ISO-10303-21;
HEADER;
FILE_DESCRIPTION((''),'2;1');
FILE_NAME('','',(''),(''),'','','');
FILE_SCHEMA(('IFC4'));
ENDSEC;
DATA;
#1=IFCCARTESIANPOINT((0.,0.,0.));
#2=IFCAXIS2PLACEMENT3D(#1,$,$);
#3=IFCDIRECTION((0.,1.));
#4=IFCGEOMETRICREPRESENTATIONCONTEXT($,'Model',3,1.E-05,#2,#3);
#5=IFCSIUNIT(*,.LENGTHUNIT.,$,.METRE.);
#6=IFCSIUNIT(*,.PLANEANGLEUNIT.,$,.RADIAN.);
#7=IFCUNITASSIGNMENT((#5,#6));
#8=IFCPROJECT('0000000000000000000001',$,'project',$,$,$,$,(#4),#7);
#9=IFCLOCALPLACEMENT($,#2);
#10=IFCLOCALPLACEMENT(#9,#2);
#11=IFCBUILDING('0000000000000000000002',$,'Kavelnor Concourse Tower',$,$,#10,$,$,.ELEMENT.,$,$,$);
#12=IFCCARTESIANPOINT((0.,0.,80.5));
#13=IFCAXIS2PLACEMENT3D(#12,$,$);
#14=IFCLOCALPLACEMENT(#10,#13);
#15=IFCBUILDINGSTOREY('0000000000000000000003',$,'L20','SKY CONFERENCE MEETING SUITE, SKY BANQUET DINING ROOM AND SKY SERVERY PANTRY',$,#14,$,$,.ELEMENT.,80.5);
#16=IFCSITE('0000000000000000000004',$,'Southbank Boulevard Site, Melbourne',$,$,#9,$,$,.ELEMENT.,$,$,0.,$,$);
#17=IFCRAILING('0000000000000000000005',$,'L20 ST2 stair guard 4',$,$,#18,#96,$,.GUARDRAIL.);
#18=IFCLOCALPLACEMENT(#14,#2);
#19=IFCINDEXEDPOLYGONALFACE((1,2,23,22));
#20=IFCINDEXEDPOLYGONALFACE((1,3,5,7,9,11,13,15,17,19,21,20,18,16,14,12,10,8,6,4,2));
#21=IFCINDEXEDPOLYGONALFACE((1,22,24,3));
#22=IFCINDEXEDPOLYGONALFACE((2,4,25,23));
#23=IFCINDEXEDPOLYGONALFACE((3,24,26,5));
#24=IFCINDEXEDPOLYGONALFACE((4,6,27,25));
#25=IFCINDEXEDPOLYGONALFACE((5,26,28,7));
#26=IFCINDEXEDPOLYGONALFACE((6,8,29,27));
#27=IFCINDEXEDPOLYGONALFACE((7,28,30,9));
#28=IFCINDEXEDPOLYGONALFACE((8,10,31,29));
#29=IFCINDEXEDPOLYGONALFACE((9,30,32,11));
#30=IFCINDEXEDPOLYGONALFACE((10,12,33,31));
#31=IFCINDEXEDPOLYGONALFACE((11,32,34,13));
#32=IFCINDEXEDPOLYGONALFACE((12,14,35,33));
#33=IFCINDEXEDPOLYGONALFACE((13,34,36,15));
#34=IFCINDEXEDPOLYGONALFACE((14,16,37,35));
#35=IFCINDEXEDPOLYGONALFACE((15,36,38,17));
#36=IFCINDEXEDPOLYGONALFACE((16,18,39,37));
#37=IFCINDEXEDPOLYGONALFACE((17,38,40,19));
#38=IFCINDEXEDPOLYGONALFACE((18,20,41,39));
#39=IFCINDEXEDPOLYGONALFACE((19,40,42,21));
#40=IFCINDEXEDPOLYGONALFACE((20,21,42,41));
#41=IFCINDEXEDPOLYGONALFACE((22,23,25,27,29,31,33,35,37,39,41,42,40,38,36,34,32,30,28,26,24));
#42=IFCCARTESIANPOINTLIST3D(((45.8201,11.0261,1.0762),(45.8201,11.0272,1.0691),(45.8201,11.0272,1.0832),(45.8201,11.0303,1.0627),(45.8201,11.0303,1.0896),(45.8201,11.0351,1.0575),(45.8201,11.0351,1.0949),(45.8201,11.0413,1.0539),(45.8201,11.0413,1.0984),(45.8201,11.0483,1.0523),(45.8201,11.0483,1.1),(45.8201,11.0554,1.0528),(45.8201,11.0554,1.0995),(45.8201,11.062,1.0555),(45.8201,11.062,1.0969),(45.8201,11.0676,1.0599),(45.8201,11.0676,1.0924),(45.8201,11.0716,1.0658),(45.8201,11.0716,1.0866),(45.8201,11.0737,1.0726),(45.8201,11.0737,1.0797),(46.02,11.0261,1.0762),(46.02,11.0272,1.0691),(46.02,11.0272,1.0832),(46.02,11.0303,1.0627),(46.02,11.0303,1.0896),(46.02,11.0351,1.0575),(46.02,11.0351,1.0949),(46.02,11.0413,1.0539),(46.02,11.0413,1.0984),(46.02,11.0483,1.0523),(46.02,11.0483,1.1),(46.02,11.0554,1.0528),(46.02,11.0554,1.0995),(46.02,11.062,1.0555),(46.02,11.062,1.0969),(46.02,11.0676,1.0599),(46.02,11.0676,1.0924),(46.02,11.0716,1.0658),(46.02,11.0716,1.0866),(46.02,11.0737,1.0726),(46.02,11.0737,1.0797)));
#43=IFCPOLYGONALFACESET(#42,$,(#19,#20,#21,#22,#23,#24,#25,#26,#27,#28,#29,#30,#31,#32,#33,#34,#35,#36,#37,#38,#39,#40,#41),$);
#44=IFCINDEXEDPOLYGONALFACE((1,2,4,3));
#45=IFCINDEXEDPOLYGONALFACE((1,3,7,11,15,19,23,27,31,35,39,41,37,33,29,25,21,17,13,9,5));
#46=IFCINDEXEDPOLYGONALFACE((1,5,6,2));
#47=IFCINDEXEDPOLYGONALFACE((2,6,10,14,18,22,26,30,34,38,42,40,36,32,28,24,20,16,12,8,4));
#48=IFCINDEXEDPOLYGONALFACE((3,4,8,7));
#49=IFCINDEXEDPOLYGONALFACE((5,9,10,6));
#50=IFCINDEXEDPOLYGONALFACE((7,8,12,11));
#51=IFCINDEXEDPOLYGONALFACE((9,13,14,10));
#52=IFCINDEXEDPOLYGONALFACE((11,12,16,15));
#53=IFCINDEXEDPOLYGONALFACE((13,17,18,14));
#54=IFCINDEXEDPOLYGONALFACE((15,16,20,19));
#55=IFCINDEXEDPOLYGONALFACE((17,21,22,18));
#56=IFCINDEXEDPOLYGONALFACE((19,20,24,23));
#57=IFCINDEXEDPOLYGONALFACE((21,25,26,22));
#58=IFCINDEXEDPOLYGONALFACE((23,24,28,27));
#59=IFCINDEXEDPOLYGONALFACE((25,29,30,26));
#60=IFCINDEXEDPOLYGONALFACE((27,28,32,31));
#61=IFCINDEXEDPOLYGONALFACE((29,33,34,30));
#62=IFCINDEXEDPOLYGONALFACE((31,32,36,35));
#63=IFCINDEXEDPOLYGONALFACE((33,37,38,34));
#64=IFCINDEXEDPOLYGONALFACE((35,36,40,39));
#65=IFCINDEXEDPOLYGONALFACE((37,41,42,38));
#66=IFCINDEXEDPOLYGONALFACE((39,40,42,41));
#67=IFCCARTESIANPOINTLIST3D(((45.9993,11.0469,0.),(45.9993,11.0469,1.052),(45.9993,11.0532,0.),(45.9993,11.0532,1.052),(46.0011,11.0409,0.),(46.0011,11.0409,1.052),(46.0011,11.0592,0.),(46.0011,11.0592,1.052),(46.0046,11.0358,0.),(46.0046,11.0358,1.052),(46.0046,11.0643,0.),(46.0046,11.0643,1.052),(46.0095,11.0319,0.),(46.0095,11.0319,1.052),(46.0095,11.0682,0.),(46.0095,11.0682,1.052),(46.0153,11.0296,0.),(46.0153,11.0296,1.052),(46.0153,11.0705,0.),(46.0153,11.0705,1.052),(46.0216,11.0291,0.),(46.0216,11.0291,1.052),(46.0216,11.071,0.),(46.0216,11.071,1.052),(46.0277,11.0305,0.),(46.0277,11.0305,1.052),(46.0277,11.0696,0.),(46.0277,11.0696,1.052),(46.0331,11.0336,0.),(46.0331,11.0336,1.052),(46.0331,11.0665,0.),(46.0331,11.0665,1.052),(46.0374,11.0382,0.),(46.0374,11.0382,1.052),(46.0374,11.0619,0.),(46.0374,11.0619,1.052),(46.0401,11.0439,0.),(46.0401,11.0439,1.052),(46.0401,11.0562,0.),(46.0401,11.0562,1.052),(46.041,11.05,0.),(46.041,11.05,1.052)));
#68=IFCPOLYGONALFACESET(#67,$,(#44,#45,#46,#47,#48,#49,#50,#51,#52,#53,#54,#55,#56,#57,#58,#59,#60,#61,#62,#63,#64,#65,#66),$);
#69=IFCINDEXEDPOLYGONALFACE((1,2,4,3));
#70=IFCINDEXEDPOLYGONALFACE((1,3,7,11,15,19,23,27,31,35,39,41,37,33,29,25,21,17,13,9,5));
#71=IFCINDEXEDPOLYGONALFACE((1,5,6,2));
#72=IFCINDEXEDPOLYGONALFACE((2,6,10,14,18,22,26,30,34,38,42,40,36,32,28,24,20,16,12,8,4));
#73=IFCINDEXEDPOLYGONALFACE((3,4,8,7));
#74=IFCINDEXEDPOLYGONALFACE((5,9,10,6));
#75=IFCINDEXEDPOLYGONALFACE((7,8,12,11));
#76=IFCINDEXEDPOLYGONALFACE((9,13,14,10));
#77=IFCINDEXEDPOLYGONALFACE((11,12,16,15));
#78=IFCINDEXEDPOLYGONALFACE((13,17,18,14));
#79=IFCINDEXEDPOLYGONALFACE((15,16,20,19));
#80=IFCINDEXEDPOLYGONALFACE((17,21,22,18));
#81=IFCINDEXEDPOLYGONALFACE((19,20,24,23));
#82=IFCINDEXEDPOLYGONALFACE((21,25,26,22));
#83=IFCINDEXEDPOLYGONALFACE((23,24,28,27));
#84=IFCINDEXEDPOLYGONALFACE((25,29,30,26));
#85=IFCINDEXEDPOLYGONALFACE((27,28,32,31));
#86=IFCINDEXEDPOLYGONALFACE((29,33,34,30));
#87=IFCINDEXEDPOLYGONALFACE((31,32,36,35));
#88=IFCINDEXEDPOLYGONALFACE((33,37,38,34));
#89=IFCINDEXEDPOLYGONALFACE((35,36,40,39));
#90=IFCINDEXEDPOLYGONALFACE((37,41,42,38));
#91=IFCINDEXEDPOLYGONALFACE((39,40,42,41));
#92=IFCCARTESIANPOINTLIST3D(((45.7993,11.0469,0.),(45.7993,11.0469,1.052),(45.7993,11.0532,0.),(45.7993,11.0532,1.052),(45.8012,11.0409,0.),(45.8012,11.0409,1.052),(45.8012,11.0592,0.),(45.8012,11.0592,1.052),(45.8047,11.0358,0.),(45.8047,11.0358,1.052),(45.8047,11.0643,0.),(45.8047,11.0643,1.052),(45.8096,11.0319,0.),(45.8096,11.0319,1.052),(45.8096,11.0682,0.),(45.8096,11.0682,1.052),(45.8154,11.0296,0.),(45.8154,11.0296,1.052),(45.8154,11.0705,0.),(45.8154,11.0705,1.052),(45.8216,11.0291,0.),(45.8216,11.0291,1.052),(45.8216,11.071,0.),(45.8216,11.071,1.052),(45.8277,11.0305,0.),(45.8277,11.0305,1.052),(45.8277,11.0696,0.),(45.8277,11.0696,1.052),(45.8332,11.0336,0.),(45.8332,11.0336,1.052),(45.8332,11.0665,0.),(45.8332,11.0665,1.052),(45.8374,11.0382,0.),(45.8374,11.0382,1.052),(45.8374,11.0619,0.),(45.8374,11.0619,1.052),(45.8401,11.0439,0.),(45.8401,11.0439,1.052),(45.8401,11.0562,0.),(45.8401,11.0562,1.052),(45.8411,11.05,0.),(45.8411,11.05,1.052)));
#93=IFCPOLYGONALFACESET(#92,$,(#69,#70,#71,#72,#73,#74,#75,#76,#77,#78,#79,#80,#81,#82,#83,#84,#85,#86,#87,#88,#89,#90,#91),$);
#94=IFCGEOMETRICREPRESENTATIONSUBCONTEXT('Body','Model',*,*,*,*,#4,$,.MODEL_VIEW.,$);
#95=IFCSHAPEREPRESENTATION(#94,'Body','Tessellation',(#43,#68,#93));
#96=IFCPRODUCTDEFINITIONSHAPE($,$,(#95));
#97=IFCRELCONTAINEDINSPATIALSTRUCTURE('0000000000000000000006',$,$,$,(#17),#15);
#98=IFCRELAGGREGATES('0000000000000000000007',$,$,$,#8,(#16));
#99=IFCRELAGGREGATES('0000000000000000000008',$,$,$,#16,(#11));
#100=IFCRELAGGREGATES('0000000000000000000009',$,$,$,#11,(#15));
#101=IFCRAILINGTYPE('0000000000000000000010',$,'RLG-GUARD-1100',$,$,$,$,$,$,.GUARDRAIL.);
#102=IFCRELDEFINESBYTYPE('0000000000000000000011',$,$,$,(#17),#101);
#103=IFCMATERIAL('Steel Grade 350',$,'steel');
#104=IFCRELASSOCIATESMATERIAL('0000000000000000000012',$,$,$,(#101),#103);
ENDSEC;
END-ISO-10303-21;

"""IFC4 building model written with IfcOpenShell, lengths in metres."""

from ifc_helpers import new_model, si_unit, direction, frame, origin, origin_2d, place, context, subcontext, project, spatial, circle, extrude, material, type_object, element, save


model = new_model("IFC4")

# Units and contexts
model_context = context("Model", 3, precision=1e-05, world=origin(), true_north=direction((0.0, 1.0)))
body_context = subcontext(model_context, "Body", "Model", "MODEL_VIEW")
ifc_project = project(units=[si_unit("LENGTHUNIT", "METRE"), si_unit("PLANEANGLEUNIT", "RADIAN")], contexts=[model_context])

# Site, building, storey
site_placement = place(None, origin())
site = spatial("IfcSite", under=ifc_project, at=site_placement, Name="Southbank Boulevard Site, Melbourne", CompositionType="ELEMENT", RefElevation=0.0)
building_placement = place(site_placement, origin())
building = spatial("IfcBuilding", under=site, at=building_placement, Name="Kavelnor Concourse Tower", CompositionType="ELEMENT")
storey_placement = place(building_placement, frame((0.0, 0.0, 80.5)))
storey = spatial("IfcBuildingStorey", under=building, at=storey_placement, Name="L20", Description="SKY CONFERENCE MEETING SUITE, SKY BANQUET DINING ROOM AND SKY SERVERY PANTRY", CompositionType="ELEMENT", Elevation=80.5)

# Shared definitions
ifc_material_1 = material(Name="Steel Grade 350", Category="steel")

# Railing
railing_type_1 = type_object("IfcRailingType", Name="RLG-GUARD-1100", PredefinedType="GUARDRAIL", material=ifc_material_1)
railing_1_placement = place(storey_placement, frame((46.02, 11.05, 0.0)))
element("IfcRailing", 1, at=railing_1_placement, inside=storey, type_object=railing_type_1, Name="L20 ST2 stair guard 4", PredefinedType="GUARDRAIL", context=body_context, shape_type="SweptSolid", body=[
    extrude(circle(Radius=0.0239, at=origin_2d()), frame((0.0, 0.0, 1.0762), z_axis=(-1.0, 0.0, 0.0), x_axis=(0.0, -1.0, 0.0)), (0.0, 0.0, 1.0), 0.2),
    extrude(circle(Radius=0.021, at=origin_2d()), origin(), (0.0, 0.0, 1.0), 1.052),
    extrude(circle(Radius=0.021, at=origin_2d()), frame((-0.2, 0.0, 0.0)), (0.0, 0.0, 1.0), 1.052),
])

save(model, "model.ifc")
